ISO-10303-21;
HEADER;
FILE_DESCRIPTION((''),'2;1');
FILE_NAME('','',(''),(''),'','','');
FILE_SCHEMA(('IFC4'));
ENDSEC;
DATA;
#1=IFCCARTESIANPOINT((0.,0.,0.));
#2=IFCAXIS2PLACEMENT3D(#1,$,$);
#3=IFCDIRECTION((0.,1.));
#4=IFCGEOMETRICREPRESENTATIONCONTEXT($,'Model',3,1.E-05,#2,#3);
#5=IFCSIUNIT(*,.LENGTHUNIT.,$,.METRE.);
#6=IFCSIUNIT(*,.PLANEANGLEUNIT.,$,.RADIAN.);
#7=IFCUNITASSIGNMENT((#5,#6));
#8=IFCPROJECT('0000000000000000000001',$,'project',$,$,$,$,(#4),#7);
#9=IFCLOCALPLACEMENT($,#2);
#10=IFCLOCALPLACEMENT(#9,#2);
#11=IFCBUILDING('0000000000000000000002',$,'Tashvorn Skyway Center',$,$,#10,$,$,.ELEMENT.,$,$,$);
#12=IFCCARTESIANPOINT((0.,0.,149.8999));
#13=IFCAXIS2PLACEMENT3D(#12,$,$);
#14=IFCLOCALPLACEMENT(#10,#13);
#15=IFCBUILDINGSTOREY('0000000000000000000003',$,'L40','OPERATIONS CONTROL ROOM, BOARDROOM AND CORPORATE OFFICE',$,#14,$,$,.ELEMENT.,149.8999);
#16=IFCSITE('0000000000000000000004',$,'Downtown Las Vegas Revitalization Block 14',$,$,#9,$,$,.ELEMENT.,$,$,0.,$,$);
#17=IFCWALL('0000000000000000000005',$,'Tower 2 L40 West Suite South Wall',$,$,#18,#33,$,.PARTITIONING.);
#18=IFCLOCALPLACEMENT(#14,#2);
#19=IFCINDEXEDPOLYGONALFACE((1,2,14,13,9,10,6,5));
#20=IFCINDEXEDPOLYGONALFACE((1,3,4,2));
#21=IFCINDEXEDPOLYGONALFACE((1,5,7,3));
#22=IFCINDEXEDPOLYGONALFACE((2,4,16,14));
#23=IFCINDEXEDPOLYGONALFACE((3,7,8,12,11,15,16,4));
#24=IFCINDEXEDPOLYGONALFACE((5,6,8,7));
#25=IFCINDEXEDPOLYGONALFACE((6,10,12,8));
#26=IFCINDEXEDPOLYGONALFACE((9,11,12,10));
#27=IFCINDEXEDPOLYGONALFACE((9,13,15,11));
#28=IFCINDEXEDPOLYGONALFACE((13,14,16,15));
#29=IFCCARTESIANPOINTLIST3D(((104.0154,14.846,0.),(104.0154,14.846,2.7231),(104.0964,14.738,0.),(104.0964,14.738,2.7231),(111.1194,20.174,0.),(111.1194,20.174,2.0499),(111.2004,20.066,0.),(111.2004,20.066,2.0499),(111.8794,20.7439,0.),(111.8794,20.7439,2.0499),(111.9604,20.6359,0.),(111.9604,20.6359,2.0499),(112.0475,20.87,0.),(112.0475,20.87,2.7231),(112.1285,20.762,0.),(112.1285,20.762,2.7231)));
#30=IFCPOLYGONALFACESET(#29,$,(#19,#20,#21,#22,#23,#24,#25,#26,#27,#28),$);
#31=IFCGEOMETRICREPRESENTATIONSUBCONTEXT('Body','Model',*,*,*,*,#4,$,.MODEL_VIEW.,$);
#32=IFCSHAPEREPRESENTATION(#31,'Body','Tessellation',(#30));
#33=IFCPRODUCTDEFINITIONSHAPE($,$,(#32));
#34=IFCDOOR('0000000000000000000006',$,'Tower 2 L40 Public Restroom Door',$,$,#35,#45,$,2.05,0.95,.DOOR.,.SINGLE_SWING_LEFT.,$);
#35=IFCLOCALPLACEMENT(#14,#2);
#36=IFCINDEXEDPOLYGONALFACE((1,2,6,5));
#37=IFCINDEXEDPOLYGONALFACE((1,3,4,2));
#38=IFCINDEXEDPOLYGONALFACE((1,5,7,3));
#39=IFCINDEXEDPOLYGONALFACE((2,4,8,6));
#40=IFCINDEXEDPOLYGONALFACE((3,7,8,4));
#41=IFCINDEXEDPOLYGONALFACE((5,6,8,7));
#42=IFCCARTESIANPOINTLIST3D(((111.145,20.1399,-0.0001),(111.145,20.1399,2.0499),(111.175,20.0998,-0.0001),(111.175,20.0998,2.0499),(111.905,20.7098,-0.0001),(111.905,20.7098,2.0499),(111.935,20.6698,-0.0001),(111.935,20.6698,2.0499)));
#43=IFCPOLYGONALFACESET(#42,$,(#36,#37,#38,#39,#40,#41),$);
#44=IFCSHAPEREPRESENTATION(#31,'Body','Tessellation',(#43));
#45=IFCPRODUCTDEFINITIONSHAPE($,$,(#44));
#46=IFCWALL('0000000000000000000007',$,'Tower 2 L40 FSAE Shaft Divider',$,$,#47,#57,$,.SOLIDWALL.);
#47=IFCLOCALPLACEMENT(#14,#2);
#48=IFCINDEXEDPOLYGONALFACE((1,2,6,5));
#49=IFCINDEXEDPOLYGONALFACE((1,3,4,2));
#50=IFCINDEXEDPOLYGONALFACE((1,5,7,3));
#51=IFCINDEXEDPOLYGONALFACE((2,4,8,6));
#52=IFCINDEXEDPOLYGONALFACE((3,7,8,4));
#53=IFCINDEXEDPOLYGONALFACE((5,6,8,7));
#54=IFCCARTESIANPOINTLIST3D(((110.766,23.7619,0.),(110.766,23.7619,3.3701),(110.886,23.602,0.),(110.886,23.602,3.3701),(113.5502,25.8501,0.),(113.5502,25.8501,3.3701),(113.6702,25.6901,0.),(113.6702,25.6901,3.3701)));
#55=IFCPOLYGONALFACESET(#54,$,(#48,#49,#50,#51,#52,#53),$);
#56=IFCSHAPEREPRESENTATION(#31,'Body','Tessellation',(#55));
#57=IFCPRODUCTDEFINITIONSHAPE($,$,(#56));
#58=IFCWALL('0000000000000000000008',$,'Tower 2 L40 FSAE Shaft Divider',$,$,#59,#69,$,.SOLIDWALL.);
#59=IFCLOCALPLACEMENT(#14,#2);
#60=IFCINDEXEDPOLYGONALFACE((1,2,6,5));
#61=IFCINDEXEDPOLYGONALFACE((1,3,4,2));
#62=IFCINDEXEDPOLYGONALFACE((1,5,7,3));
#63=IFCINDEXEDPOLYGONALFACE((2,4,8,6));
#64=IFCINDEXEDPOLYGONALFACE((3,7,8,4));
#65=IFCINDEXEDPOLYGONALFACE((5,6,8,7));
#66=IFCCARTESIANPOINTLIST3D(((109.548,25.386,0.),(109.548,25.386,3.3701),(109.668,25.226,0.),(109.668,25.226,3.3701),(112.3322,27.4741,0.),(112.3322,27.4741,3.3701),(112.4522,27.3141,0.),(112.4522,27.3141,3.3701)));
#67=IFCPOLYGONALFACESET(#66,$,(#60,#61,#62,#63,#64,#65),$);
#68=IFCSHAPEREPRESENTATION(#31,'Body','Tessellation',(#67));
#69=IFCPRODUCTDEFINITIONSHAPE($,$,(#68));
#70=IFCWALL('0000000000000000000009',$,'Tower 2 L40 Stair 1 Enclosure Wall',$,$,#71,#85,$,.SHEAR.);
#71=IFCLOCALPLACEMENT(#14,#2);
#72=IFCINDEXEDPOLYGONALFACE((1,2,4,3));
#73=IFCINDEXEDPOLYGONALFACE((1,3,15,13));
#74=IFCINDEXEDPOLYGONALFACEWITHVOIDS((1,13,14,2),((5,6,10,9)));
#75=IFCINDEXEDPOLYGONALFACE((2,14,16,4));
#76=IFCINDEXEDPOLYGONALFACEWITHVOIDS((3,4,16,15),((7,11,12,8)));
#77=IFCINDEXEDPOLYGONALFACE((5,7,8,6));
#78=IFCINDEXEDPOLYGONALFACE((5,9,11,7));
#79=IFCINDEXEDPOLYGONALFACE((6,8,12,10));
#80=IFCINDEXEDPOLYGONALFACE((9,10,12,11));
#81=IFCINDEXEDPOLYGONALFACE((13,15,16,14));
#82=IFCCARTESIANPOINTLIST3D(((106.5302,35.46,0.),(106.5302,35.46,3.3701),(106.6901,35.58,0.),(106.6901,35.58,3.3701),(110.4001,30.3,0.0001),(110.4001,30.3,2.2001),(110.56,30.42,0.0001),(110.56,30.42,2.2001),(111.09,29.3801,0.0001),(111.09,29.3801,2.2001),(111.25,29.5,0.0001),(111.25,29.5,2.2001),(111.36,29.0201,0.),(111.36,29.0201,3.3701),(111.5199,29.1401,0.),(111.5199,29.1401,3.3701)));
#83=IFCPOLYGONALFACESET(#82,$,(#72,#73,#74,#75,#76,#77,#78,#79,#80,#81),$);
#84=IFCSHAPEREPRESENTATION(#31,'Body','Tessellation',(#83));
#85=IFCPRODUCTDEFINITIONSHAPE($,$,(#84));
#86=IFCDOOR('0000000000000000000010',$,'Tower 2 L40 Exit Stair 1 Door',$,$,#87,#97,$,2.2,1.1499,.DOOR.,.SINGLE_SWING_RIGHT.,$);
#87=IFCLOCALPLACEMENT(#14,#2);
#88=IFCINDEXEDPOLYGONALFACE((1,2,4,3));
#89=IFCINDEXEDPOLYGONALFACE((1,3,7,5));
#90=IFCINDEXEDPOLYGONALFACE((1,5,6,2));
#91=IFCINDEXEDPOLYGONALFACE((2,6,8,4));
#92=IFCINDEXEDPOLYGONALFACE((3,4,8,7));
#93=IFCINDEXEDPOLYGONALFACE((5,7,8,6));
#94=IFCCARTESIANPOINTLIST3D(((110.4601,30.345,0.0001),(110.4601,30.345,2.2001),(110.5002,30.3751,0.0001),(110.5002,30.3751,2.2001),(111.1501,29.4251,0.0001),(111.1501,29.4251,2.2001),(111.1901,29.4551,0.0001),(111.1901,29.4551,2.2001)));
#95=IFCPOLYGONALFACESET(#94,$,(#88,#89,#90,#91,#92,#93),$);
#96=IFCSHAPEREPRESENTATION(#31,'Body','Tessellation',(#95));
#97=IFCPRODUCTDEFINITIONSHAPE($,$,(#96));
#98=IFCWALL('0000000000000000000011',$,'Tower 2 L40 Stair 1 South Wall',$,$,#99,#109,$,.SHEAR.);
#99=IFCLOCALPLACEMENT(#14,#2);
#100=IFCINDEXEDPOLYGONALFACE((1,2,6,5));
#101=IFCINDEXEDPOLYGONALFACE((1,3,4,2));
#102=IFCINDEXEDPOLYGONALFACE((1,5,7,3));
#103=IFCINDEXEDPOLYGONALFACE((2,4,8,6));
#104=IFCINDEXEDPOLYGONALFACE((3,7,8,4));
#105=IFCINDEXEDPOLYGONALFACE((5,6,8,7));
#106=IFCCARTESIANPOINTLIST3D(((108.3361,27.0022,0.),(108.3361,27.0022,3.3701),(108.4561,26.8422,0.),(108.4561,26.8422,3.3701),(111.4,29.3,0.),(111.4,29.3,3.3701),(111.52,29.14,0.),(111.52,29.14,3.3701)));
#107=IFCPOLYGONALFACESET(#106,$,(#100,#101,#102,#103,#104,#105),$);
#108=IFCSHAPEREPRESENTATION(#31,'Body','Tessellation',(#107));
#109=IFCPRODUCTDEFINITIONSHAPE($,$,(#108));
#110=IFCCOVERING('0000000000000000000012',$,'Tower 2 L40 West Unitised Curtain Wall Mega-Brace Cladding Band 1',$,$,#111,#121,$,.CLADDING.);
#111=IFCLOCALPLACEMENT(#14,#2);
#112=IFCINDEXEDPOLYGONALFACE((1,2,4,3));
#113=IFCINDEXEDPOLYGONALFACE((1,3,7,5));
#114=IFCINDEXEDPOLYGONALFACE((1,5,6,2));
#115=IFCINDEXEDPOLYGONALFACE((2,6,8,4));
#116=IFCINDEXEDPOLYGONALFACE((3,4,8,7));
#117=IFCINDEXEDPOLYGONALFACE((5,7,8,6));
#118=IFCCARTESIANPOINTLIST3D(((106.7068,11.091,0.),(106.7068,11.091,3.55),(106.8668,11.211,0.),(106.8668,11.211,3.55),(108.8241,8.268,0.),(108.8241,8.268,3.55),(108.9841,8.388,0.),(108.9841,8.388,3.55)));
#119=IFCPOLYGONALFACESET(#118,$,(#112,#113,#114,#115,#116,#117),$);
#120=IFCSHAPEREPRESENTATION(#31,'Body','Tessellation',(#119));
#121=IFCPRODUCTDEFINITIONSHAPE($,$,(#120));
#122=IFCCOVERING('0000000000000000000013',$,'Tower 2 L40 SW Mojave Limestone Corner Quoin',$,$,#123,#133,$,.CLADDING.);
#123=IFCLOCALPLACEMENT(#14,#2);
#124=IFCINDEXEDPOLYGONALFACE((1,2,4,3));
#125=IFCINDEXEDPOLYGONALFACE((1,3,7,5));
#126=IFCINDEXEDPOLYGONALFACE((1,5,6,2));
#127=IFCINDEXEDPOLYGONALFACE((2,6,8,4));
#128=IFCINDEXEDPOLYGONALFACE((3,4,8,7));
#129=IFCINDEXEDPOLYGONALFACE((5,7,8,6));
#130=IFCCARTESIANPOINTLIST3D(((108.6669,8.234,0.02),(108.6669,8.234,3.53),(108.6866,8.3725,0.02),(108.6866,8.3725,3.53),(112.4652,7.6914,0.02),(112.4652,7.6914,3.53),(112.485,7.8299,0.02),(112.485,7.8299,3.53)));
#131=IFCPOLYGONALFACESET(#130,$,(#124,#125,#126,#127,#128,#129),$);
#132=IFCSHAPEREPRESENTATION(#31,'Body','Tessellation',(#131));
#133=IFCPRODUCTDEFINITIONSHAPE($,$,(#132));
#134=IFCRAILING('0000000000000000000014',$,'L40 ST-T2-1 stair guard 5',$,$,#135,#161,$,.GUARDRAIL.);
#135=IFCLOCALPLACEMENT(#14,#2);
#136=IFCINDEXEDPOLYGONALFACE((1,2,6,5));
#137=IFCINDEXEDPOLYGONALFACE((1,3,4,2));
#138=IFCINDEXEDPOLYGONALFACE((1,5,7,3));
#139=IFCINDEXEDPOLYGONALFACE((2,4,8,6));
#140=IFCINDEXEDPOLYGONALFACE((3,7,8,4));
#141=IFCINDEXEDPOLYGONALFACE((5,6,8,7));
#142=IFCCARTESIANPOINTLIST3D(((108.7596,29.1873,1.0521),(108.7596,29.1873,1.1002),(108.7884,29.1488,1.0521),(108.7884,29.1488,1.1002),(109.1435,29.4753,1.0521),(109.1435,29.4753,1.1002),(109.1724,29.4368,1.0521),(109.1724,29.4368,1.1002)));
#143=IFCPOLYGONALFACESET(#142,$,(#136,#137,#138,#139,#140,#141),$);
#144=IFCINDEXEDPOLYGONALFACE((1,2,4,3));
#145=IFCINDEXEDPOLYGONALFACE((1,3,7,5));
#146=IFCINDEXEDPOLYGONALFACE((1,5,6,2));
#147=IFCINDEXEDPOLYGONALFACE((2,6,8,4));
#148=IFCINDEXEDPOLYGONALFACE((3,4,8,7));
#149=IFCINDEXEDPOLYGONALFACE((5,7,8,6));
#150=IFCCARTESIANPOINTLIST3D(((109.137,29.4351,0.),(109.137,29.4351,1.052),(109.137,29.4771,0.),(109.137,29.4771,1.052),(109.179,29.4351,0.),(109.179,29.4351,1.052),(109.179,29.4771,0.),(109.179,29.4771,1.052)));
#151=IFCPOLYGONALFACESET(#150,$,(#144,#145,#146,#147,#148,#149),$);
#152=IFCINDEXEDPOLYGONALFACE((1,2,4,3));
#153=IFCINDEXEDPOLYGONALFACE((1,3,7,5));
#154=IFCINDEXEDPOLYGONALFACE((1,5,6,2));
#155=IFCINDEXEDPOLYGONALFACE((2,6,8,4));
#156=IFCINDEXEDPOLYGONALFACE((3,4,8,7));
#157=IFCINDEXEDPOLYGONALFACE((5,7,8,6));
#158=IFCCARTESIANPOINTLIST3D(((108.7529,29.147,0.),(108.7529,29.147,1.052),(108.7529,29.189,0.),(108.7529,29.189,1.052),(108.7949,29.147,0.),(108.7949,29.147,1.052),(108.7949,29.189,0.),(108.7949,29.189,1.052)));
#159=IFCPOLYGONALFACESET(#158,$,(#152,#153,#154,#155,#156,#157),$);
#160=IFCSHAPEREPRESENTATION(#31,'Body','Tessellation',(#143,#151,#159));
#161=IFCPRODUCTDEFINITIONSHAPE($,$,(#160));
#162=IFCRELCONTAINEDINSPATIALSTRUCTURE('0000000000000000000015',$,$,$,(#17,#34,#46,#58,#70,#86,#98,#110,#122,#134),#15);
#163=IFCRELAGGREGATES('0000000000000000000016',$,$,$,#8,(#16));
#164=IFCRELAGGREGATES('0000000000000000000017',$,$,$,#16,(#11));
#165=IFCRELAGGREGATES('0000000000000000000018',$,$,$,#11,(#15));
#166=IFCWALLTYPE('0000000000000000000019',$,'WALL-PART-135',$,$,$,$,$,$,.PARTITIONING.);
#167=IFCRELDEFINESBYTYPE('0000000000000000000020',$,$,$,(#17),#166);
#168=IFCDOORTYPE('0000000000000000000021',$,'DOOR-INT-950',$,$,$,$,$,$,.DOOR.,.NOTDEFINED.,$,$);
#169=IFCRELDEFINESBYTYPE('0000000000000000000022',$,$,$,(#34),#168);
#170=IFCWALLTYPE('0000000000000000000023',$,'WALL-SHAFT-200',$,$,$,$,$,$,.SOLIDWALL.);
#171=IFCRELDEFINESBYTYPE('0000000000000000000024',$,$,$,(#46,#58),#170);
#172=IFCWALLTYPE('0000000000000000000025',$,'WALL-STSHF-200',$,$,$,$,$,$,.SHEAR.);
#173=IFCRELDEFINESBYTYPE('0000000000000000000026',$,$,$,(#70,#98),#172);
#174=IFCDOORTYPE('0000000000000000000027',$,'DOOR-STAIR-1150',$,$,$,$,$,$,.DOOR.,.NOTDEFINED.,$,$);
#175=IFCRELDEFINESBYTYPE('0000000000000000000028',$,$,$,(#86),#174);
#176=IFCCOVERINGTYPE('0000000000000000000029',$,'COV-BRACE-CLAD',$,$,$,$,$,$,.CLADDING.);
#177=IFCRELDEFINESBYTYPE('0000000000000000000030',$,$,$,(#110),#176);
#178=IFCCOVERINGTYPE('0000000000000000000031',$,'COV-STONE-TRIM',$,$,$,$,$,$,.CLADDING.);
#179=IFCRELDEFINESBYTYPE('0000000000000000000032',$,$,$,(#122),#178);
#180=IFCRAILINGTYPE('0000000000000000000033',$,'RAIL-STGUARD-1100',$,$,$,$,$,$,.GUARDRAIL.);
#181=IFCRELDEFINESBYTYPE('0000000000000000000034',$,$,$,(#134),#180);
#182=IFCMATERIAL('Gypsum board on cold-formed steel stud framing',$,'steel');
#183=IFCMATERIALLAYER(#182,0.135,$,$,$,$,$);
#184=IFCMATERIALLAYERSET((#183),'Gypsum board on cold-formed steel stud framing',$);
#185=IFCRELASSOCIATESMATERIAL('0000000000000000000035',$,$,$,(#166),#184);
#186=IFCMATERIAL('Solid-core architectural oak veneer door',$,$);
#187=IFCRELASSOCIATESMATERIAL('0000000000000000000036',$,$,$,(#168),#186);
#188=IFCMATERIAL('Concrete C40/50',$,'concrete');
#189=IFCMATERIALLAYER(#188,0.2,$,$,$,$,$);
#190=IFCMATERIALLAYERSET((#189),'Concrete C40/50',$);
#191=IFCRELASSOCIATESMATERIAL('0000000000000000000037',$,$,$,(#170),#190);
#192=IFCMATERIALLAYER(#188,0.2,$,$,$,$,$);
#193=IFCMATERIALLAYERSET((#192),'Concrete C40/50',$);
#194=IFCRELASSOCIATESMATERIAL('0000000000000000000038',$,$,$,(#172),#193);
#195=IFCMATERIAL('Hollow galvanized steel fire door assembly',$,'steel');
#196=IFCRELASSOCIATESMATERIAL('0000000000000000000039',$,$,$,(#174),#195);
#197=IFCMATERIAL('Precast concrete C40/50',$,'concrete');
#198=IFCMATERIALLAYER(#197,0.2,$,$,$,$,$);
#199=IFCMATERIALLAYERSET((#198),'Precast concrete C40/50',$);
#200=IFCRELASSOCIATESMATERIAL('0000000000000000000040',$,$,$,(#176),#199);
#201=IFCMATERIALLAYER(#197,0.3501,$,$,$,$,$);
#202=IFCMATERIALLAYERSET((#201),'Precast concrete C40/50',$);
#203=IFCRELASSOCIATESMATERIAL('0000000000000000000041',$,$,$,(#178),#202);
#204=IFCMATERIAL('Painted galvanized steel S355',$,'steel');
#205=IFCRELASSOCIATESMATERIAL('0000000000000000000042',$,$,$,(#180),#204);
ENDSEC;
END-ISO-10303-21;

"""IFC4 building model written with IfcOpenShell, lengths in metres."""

from ifc_helpers import new_model, si_unit, direction, frame, frame_2d, origin, origin_2d, place, context, subcontext, project, spatial, rectangle, extrude, material, layer, layer_set, type_object, element, fill, save


model = new_model("IFC4")

# Units and contexts
model_context = context("Model", 3, precision=1e-05, world=origin(), true_north=direction((0.0, 1.0)))
body_context = subcontext(model_context, "Body", "Model", "MODEL_VIEW")
ifc_project = project(units=[si_unit("LENGTHUNIT", "METRE"), si_unit("PLANEANGLEUNIT", "RADIAN")], contexts=[model_context])

# Site, building, storey
site_placement = place(None, origin())
site = spatial("IfcSite", under=ifc_project, at=site_placement, Name="Downtown Las Vegas Revitalization Block 14", CompositionType="ELEMENT", RefElevation=0.0)
building_placement = place(site_placement, origin())
building = spatial("IfcBuilding", under=site, at=building_placement, Name="Tashvorn Skyway Center", CompositionType="ELEMENT")
storey_placement = place(building_placement, frame((0.0, 0.0, 149.8999)))
storey = spatial("IfcBuildingStorey", under=building, at=storey_placement, Name="L40", Description="OPERATIONS CONTROL ROOM, BOARDROOM AND CORPORATE OFFICE", CompositionType="ELEMENT", Elevation=149.8999)

# Shared definitions
ifc_material_1 = material(Name="Precast concrete C40/50", Category="concrete")
ifc_material_2 = material(Name="Gypsum board on cold-formed steel stud framing", Category="steel")
ifc_layer_1 = layer(ifc_material_2, 0.135)
ifc_layer_set_1 = layer_set([ifc_layer_1], Name="Gypsum board on cold-formed steel stud framing")
wall_type_1 = type_object("IfcWallType", Name="WALL-PART-135", PredefinedType="PARTITIONING", material=ifc_layer_set_1)

# Wall, opening, door
wall_1_placement = place(storey_placement, frame((104.0559, 14.792, 0.0), z_axis=(0.0, 0.0, 1.0), x_axis=(0.800003, 0.599996, 0.0)))
wall_1 = element("IfcWall", 1, at=wall_1_placement, inside=storey, type_object=wall_type_1, Name="Tower 2 L40 West Suite South Wall", PredefinedType="PARTITIONING", context=body_context, shape_type="SweptSolid", body=[
    extrude(rectangle(XDim=10.04, YDim=0.135, at=frame_2d((5.02, 0.0))), origin(), (0.0, 0.0, 1.0), 2.7231),
])
opening_1_placement = place(wall_1_placement, frame((8.8799, 0.0, 0.0)))
opening_1 = element("IfcOpeningElement", 2, at=opening_1_placement, cuts=wall_1, PredefinedType="OPENING", context=body_context, shape_type="SweptSolid", body=[
    extrude(rectangle(XDim=0.95, YDim=2.05, at=frame_2d((0.4751, 1.0249))), frame((0.0, 0.0774, 0.0), z_axis=(0.0, -1.0, 0.0), x_axis=(1.0, 0.0, 0.0)), (0.0, 0.0, 1.0), 0.155),
])
ifc_material_3 = material(Name="Solid-core architectural oak veneer door")
door_type_1 = type_object("IfcDoorType", Name="DOOR-INT-950", OperationType="NOTDEFINED", PredefinedType="DOOR", material=ifc_material_3)
door_1_placement = place(opening_1_placement, origin())
door_1 = element("IfcDoor", 3, at=door_1_placement, inside=storey, type_object=door_type_1, Name="Tower 2 L40 Public Restroom Door", OperationType="SINGLE_SWING_LEFT", OverallHeight=2.05, OverallWidth=0.95, PredefinedType="DOOR", context=body_context, shape_type="SweptSolid", body=[
    extrude(rectangle(XDim=0.95, YDim=2.05, at=frame_2d((0.4751, 1.0249))), frame((0.0, 0.0249, 0.0), z_axis=(0.0, -1.0, 0.0), x_axis=(1.0, 0.0, 0.0)), (0.0, 0.0, 1.0), 0.05),
])
fill(opening_1, door_1)

# Walls
ifc_material_4 = material(Name="Concrete C40/50", Category="concrete")
ifc_layer_2 = layer(ifc_material_4, 0.2)
ifc_layer_set_2 = layer_set([ifc_layer_2], Name="Concrete C40/50")
wall_type_2 = type_object("IfcWallType", Name="WALL-SHAFT-200", PredefinedType="SOLIDWALL", material=ifc_layer_set_2)
for number, where, z_axis, x_axis, name in (
    (4, (110.8259, 23.6819, 0.0), (0.0, 0.0, 1.0), (0.8, 0.6, 0.0), "Tower 2 L40 FSAE Shaft Divider"),
    (5, (109.6079, 25.3059, 0.0), (0.0, 0.0, 1.0), (0.8, 0.6, 0.0), "Tower 2 L40 FSAE Shaft Divider"),
):
    element("IfcWall", number, at=place(storey_placement, frame(where, z_axis=z_axis, x_axis=x_axis)), inside=storey, type_object=wall_type_2, Name=name, PredefinedType="SOLIDWALL", context=body_context, shape_type="SweptSolid", body=[
        extrude(rectangle(XDim=3.4802, YDim=0.2, at=frame_2d((1.7402, 0.0))), origin(), (0.0, 0.0, 1.0), 3.3701),
    ])

# Wall, opening, door
ifc_layer_3 = layer(ifc_material_4, 0.2)
ifc_layer_set_3 = layer_set([ifc_layer_3], Name="Concrete C40/50")
wall_type_3 = type_object("IfcWallType", Name="WALL-STSHF-200", PredefinedType="SHEAR", material=ifc_layer_set_3)
wall_2_placement = place(storey_placement, frame((111.4399, 29.0801, 0.0), z_axis=(0.0, 0.0, 1.0), x_axis=(-0.59999, 0.800007, 0.0)))
wall_2 = element("IfcWall", 6, at=wall_2_placement, inside=storey, type_object=wall_type_3, Name="Tower 2 L40 Stair 1 Enclosure Wall", PredefinedType="SHEAR", context=body_context, shape_type="SweptSolid", body=[
    extrude(rectangle(XDim=8.0498, YDim=0.2, at=frame_2d((4.0249, 0.0))), origin(), (0.0, 0.0, 1.0), 3.3701),
])
opening_2_placement = place(wall_2_placement, frame((0.45, 0.0, 0.0)))
opening_2 = element("IfcOpeningElement", 7, at=opening_2_placement, cuts=wall_2, PredefinedType="OPENING", context=body_context, shape_type="SweptSolid", body=[
    extrude(rectangle(XDim=1.1499, YDim=2.2, at=frame_2d((0.575, 1.1001))), frame((0.0, 0.1099, 0.0), z_axis=(0.0, -1.0, 0.0), x_axis=(1.0, 0.0, 0.0)), (0.0, 0.0, 1.0), 0.22),
])
ifc_material_5 = material(Name="Hollow galvanized steel fire door assembly", Category="steel")
door_type_2 = type_object("IfcDoorType", Name="DOOR-STAIR-1150", OperationType="NOTDEFINED", PredefinedType="DOOR", material=ifc_material_5)
door_2_placement = place(opening_2_placement, origin())
door_2 = element("IfcDoor", 8, at=door_2_placement, inside=storey, type_object=door_type_2, Name="Tower 2 L40 Exit Stair 1 Door", OperationType="SINGLE_SWING_RIGHT", OverallHeight=2.2, OverallWidth=1.1499, PredefinedType="DOOR", context=body_context, shape_type="SweptSolid", body=[
    extrude(rectangle(XDim=1.1499, YDim=2.2, at=frame_2d((0.575, 1.1001))), frame((0.0, 0.0249, 0.0), z_axis=(0.0, -1.0, 0.0), x_axis=(1.0, 0.0, 0.0)), (0.0, 0.0, 1.0), 0.05),
])
fill(opening_2, door_2)

# Wall
wall_3_placement = place(storey_placement, frame((108.396, 26.9221, 0.0), z_axis=(0.0, 0.0, 1.0), x_axis=(0.800015, 0.59998, 0.0)))
element("IfcWall", 9, at=wall_3_placement, inside=storey, type_object=wall_type_3, Name="Tower 2 L40 Stair 1 South Wall", PredefinedType="SHEAR", context=body_context, shape_type="SweptSolid", body=[
    extrude(rectangle(XDim=3.8298, YDim=0.2, at=frame_2d((1.915, 0.0))), origin(), (0.0, 0.0, 1.0), 3.3701),
])

# Coverings
ifc_layer_4 = layer(ifc_material_1, 0.2)
ifc_layer_set_4 = layer_set([ifc_layer_4], Name="Precast concrete C40/50")
covering_type_1 = type_object("IfcCoveringType", Name="COV-BRACE-CLAD", PredefinedType="CLADDING", material=ifc_layer_set_4)
covering_1_placement = place(storey_placement, frame((107.8455, 9.7395, 0.0), z_axis=(0.0, 0.0, 1.0), x_axis=(-0.6, 0.8, 0.0)))
element("IfcCovering", 10, at=covering_1_placement, inside=storey, type_object=covering_type_1, Name="Tower 2 L40 West Unitised Curtain Wall Mega-Brace Cladding Band 1", PredefinedType="CLADDING", context=body_context, shape_type="SweptSolid", body=[
    extrude(rectangle(XDim=3.5288, YDim=0.2, at=origin_2d()), origin(), (0.0, 0.0, 1.0), 3.55),
])
ifc_layer_5 = layer(ifc_material_1, 0.3501)
ifc_layer_set_5 = layer_set([ifc_layer_5], Name="Precast concrete C40/50")
covering_type_2 = type_object("IfcCoveringType", Name="COV-STONE-TRIM", PredefinedType="CLADDING", material=ifc_layer_set_5)
covering_2_placement = place(storey_placement, frame((110.5759, 8.032, 0.02), z_axis=(0.0, 0.0, 1.0), x_axis=(-0.989949, 0.141421, 0.0)))
element("IfcCovering", 11, at=covering_2_placement, inside=storey, type_object=covering_type_2, Name="Tower 2 L40 SW Mojave Limestone Corner Quoin", PredefinedType="CLADDING", context=body_context, shape_type="SweptSolid", body=[
    extrude(rectangle(XDim=3.8369, YDim=0.1399, at=origin_2d()), origin(), (0.0, 0.0, 1.0), 3.51),
])

# Railing
ifc_material_6 = material(Name="Painted galvanized steel S355", Category="steel")
railing_type = type_object("IfcRailingType", Name="RAIL-STGUARD-1100", PredefinedType="GUARDRAIL", material=ifc_material_6)
railing_1_placement = place(storey_placement, frame((109.158, 29.4561, 0.0)))
element("IfcRailing", 12, at=railing_1_placement, inside=storey, type_object=railing_type, Name="L40 ST-T2-1 stair guard 5", PredefinedType="GUARDRAIL", context=body_context, shape_type="SweptSolid", body=[
    extrude(rectangle(XDim=0.0481, YDim=0.0481, at=origin_2d()), frame((0.0, 0.0, 1.0762), z_axis=(-0.799939, -0.600081, 0.0), x_axis=(0.600081, -0.799939, 0.0)), (0.0, 0.0, 1.0), 0.48),
    extrude(rectangle(XDim=0.042, YDim=0.042, at=origin_2d()), origin(), (0.0, 0.0, 1.0), 1.052),
    extrude(rectangle(XDim=0.042, YDim=0.042, at=origin_2d()), frame((-0.384, -0.2881, 0.0)), (0.0, 0.0, 1.0), 1.052),
])

save(model, "model.ifc")
